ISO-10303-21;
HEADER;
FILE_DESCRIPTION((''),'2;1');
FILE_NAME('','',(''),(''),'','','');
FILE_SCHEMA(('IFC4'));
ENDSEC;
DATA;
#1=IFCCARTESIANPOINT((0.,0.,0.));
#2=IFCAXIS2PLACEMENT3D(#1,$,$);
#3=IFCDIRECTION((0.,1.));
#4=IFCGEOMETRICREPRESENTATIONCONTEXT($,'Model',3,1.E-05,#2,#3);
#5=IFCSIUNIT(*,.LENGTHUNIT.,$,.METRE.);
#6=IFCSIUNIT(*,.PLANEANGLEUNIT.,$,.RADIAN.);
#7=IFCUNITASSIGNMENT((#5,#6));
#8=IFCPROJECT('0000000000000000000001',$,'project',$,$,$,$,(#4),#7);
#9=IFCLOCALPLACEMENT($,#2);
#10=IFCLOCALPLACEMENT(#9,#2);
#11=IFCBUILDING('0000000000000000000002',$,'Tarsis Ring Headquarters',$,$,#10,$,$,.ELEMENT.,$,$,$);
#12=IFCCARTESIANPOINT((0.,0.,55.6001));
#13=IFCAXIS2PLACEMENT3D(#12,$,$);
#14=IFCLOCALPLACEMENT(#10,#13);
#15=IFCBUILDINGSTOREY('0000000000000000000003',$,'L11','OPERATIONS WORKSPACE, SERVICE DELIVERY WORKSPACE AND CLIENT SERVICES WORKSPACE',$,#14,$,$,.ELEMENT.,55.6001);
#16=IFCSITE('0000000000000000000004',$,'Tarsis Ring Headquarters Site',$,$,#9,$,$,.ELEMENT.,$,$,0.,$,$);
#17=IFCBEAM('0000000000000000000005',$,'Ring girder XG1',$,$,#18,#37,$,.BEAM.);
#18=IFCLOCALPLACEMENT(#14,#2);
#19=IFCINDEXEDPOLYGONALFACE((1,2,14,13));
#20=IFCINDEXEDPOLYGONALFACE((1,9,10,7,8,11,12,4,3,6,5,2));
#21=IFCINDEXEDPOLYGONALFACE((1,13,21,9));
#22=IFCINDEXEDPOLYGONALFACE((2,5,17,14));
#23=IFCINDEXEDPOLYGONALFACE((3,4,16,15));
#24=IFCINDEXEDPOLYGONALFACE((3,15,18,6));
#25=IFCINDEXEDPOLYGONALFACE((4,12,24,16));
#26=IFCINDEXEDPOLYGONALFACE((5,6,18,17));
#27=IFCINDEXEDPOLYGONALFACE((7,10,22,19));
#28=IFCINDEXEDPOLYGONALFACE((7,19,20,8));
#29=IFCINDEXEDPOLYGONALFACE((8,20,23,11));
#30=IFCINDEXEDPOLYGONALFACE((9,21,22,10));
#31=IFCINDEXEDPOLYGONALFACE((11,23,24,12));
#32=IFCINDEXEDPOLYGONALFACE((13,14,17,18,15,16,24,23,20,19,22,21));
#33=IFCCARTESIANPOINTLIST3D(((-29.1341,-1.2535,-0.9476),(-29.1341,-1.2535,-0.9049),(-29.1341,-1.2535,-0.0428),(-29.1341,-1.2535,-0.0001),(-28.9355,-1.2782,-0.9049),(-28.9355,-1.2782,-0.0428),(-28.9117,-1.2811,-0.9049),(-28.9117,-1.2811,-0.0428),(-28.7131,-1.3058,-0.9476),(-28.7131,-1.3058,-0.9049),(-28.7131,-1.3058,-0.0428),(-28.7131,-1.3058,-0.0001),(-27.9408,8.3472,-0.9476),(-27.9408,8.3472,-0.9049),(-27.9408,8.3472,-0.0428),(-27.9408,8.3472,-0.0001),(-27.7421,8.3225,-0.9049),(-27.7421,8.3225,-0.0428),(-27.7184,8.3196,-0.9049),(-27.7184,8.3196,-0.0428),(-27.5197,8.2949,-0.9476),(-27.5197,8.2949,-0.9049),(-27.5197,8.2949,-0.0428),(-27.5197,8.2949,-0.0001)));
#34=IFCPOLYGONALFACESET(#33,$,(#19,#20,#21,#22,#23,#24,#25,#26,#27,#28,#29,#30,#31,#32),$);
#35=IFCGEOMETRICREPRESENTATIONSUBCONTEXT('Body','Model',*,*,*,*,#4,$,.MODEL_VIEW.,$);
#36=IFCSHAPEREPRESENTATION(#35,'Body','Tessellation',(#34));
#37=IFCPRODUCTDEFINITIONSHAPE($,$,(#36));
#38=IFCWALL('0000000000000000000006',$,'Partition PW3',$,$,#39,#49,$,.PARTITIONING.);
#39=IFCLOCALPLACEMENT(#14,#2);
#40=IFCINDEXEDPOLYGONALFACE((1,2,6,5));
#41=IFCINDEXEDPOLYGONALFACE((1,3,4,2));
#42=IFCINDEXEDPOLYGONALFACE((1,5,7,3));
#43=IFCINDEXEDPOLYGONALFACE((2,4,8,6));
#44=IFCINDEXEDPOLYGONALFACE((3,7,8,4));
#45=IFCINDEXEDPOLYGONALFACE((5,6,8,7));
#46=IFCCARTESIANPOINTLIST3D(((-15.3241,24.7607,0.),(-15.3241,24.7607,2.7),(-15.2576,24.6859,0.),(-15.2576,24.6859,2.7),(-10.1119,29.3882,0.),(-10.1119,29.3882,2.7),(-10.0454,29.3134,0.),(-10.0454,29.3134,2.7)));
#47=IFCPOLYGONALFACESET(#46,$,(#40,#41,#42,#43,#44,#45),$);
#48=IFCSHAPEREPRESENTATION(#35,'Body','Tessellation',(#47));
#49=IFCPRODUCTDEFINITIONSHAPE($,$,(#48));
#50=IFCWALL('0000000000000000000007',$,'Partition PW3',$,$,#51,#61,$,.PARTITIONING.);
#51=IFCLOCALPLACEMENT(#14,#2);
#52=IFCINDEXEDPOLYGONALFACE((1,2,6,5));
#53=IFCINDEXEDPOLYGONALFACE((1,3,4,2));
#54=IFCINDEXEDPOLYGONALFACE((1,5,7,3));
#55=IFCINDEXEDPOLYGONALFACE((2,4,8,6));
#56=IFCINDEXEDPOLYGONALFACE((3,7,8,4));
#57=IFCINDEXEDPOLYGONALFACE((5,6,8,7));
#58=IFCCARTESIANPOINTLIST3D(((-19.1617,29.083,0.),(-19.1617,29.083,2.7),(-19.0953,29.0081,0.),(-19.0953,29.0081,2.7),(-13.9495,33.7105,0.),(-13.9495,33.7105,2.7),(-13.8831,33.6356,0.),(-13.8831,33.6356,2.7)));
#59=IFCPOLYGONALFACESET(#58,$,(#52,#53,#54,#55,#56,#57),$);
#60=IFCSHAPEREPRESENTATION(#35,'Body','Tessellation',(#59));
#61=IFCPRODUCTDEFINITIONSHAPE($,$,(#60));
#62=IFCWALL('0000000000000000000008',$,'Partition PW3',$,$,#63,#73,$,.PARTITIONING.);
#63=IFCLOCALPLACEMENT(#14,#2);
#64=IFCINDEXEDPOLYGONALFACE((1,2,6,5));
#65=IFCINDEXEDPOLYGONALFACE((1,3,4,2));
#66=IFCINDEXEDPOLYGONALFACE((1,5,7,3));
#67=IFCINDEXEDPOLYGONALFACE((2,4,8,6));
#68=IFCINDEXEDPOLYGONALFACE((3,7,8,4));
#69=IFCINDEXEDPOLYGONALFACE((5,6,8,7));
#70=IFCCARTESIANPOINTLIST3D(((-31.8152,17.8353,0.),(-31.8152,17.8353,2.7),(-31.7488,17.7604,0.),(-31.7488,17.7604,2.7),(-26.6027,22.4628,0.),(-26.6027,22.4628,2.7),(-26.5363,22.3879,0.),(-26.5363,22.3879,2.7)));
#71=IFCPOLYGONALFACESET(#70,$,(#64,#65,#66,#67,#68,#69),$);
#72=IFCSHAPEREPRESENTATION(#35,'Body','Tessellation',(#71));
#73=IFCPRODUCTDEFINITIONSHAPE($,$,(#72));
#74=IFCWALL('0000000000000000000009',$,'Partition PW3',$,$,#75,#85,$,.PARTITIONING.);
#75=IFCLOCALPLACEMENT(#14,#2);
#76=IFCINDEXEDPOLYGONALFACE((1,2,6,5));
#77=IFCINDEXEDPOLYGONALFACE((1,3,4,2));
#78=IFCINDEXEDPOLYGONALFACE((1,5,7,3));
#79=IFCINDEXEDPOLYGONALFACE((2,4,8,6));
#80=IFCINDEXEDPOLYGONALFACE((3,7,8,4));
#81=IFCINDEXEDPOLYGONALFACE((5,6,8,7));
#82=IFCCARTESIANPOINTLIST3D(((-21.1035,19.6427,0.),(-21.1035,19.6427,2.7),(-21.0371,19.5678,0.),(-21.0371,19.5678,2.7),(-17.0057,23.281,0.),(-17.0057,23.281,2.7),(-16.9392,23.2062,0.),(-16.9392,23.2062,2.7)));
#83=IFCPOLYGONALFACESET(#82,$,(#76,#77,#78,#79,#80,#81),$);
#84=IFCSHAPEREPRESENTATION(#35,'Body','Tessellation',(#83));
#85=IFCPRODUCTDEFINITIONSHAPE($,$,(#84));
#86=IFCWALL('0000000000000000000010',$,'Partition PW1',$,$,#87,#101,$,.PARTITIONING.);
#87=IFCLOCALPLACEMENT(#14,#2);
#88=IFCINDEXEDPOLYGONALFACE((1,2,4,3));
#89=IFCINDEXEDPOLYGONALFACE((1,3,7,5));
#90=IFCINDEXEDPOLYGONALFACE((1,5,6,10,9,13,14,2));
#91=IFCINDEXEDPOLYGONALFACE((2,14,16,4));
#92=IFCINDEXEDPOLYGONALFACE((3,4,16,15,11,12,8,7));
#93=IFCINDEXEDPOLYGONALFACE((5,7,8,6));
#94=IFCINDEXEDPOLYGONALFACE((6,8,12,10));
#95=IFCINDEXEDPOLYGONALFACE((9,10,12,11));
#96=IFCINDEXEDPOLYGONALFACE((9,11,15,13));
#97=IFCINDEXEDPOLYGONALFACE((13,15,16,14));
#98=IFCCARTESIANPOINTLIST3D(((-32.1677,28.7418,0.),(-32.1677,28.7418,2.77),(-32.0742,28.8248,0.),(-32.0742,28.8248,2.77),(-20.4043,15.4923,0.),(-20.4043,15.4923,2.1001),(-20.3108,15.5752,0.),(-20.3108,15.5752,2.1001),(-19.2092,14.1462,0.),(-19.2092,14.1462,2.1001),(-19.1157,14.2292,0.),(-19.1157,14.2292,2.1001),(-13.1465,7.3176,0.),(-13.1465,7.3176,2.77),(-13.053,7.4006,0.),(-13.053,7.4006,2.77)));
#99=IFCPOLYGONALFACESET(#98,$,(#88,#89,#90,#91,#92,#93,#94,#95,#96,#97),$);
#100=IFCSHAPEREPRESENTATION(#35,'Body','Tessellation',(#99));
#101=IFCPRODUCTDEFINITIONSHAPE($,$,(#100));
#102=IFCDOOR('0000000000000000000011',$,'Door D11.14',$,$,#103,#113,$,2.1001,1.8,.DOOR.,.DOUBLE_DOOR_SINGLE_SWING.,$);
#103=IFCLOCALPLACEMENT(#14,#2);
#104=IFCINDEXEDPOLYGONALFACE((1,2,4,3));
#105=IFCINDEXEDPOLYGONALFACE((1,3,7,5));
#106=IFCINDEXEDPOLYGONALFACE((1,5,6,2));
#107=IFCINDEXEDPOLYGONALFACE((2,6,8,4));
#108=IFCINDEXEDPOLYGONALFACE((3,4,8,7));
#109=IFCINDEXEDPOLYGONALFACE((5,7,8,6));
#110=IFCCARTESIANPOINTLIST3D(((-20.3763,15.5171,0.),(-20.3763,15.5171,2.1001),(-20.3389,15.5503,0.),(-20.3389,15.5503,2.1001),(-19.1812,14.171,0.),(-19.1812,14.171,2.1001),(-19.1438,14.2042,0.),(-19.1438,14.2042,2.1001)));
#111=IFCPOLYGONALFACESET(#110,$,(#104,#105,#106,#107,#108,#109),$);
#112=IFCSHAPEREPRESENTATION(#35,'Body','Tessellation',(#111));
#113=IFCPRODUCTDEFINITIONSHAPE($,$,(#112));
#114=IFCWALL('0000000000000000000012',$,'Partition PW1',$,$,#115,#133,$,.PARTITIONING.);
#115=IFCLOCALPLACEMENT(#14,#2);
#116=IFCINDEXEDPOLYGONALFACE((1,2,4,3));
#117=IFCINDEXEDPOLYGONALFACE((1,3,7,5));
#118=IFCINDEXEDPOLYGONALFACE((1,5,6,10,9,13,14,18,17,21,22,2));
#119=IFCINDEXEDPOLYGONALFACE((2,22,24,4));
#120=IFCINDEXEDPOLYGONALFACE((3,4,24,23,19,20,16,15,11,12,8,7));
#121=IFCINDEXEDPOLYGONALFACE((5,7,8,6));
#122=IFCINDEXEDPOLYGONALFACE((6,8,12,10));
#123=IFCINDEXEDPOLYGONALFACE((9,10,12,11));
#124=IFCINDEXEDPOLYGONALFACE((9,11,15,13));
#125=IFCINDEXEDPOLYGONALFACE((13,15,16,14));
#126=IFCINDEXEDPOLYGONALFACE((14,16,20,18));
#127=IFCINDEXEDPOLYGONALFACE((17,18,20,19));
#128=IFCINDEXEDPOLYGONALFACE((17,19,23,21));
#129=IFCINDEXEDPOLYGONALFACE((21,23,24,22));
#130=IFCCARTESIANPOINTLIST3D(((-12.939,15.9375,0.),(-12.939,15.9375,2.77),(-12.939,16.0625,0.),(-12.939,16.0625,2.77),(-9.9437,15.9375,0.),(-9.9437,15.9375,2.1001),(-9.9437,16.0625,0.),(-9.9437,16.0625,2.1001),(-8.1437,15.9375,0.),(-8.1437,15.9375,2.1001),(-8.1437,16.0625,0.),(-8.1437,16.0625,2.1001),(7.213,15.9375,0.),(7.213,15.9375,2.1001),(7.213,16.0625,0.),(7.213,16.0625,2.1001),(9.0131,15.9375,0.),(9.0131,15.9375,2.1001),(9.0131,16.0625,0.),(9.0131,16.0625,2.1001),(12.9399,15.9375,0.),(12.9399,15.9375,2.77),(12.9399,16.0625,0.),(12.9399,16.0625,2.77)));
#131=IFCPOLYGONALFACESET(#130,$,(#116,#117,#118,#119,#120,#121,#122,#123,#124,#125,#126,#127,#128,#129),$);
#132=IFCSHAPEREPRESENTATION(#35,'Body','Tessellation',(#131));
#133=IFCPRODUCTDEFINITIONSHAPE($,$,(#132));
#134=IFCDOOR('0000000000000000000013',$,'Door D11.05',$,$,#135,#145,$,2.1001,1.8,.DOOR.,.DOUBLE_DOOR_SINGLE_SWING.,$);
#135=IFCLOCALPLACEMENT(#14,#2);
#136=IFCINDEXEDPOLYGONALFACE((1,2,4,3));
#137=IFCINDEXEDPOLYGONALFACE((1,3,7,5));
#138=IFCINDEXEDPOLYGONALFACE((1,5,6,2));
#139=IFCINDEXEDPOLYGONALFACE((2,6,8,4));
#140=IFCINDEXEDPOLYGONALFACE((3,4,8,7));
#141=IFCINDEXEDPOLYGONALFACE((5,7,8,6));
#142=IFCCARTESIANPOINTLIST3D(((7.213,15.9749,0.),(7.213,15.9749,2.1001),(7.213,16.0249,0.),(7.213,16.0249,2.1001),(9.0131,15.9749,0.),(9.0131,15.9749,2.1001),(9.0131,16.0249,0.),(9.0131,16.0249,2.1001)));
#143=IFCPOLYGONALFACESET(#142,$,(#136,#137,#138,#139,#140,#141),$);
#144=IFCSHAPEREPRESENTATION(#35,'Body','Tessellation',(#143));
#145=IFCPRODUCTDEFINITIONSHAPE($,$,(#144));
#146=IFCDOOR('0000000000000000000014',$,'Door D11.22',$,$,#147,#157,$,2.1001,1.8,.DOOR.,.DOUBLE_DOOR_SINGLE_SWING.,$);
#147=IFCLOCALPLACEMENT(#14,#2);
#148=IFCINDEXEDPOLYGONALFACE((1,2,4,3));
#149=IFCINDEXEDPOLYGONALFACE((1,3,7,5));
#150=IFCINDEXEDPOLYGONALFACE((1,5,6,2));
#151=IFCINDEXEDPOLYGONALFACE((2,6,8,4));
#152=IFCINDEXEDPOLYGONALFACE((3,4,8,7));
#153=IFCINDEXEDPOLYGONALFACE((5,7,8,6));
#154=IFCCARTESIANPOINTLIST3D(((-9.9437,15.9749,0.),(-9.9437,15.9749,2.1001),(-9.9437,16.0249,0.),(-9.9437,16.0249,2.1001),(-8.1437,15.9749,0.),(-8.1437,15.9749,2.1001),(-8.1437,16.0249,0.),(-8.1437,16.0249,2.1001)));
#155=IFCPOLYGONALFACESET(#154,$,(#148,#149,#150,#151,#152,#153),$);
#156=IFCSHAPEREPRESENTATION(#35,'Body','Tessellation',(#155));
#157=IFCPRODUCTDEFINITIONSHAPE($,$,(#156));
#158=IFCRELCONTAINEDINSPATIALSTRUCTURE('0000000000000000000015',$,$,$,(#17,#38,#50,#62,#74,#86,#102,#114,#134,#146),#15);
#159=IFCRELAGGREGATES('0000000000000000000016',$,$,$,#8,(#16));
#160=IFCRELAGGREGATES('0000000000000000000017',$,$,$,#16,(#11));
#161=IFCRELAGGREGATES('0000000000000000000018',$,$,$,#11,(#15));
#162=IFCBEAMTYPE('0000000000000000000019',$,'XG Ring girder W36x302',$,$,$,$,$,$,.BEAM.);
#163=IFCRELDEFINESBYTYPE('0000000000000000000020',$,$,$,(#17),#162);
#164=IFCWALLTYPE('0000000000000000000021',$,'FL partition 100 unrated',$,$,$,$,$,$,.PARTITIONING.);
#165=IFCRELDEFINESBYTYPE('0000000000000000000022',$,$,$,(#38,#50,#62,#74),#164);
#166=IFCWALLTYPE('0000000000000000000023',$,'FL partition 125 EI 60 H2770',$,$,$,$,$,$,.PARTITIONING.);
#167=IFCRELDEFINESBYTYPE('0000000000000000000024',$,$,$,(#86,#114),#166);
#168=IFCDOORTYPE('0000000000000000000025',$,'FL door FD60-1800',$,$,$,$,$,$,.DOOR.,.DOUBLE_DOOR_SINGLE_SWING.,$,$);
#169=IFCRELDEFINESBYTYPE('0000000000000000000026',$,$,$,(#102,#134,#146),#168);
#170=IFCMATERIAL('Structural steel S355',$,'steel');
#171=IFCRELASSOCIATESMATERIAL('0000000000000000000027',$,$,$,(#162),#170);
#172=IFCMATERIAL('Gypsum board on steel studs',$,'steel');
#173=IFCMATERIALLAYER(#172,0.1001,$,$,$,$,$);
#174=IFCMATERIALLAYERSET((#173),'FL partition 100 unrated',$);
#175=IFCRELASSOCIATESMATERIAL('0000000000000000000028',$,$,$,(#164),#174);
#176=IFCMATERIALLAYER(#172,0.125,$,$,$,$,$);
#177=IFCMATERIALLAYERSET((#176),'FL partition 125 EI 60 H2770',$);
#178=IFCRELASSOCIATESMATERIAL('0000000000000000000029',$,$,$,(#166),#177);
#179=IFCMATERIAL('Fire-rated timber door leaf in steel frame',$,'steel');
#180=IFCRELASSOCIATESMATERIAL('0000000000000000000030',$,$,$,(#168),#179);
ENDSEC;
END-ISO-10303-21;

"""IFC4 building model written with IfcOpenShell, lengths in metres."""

from ifc_helpers import new_model, si_unit, direction, frame, frame_2d, origin, origin_2d, place, context, subcontext, project, spatial, rectangle, i_section, extrude, material, layer, layer_set, material_profile, profile_set, type_object, element, fill, save


model = new_model("IFC4")

# Units and contexts
model_context = context("Model", 3, precision=1e-05, world=origin(), true_north=direction((0.0, 1.0)))
body_context = subcontext(model_context, "Body", "Model", "MODEL_VIEW")
ifc_project = project(units=[si_unit("LENGTHUNIT", "METRE"), si_unit("PLANEANGLEUNIT", "RADIAN")], contexts=[model_context])

# Site, building, storey
site_placement = place(None, origin())
site = spatial("IfcSite", under=ifc_project, at=site_placement, Name="Tarsis Ring Headquarters Site", CompositionType="ELEMENT", RefElevation=0.0)
building_placement = place(site_placement, origin())
building = spatial("IfcBuilding", under=site, at=building_placement, Name="Tarsis Ring Headquarters", CompositionType="ELEMENT")
storey_placement = place(building_placement, frame((0.0, 0.0, 55.6001)))
storey = spatial("IfcBuildingStorey", under=building, at=storey_placement, Name="L11", Description="OPERATIONS WORKSPACE, SERVICE DELIVERY WORKSPACE AND CLIENT SERVICES WORKSPACE", CompositionType="ELEMENT", Elevation=55.6001)

# Beam
ifc_material_1 = material(Name="Structural steel S355", Category="steel")
ifc_material_profile_1 = material_profile(ifc_material_1, i_section(OverallWidth=0.4243, OverallDepth=0.9475, WebThickness=0.0239, FlangeThickness=0.0427, at=origin_2d()), Name="W36x302")
ifc_profile_set_1 = profile_set([ifc_material_profile_1], Name="Structural steel S355")
beam_type_1 = type_object("IfcBeamType", Name="XG Ring girder W36x302", PredefinedType="BEAM", material=ifc_profile_set_1)
beam_1_placement = place(storey_placement, frame((-27.7302, 8.321, -0.4739), z_axis=(-0.123351, -0.992363, 0.0), x_axis=(0.992363, -0.123351, 0.0)))
element("IfcBeam", 1, at=beam_1_placement, inside=storey, type_object=beam_type_1, Name="Ring girder XG1", PredefinedType="BEAM", context=body_context, shape_type="SweptSolid", body=[
    extrude(i_section(OverallWidth=0.4243, OverallDepth=0.9475, WebThickness=0.0239, FlangeThickness=0.0427, at=origin_2d()), origin(), (0.0, 0.0, 1.0), 9.6746),
])

# Walls
ifc_material_2 = material(Name="Gypsum board on steel studs", Category="steel")
ifc_layer_1 = layer(ifc_material_2, 0.1001)
ifc_layer_set_1 = layer_set([ifc_layer_1], Name="FL partition 100 unrated")
wall_type_1 = type_object("IfcWallType", Name="FL partition 100 unrated", PredefinedType="PARTITIONING", material=ifc_layer_set_1)
for number, where, z_axis, x_axis, name in (
    (2, (-15.2908, 24.7234, 0.0), (0.0, 0.0, 1.0), (0.747807, 0.663916, 0.0), "Partition PW3"),
    (3, (-19.1284, 29.0457, 0.0), (0.0, 0.0, 1.0), (0.747807, 0.663916, 0.0), "Partition PW3"),
):
    element("IfcWall", number, at=place(storey_placement, frame(where, z_axis=z_axis, x_axis=x_axis)), inside=storey, type_object=wall_type_1, Name=name, PredefinedType="PARTITIONING", context=body_context, shape_type="SweptSolid", body=[
        extrude(rectangle(XDim=6.97, YDim=0.1001, at=frame_2d((3.4849, 0.0))), origin(), (0.0, 0.0, 1.0), 2.7),
    ])
wall_1_placement = place(storey_placement, frame((-31.782, 17.7979, 0.0), z_axis=(0.0, 0.0, 1.0), x_axis=(0.747823, 0.663898, 0.0)))
element("IfcWall", 4, at=wall_1_placement, inside=storey, type_object=wall_type_1, Name="Partition PW3", PredefinedType="PARTITIONING", context=body_context, shape_type="SweptSolid", body=[
    extrude(rectangle(XDim=6.9702, YDim=0.1001, at=frame_2d((3.4851, 0.0))), origin(), (0.0, 0.0, 1.0), 2.7),
])
wall_2_placement = place(storey_placement, frame((-21.0703, 19.6052, 0.0), z_axis=(0.0, 0.0, 1.0), x_axis=(0.747785, 0.663941, 0.0)))
element("IfcWall", 5, at=wall_2_placement, inside=storey, type_object=wall_type_1, Name="Partition PW3", PredefinedType="PARTITIONING", context=body_context, shape_type="SweptSolid", body=[
    extrude(rectangle(XDim=5.48, YDim=0.1001, at=frame_2d((2.74, 0.0))), origin(), (0.0, 0.0, 1.0), 2.7),
])

# Wall, opening, door
ifc_layer_2 = layer(ifc_material_2, 0.125)
ifc_layer_set_2 = layer_set([ifc_layer_2], Name="FL partition 125 EI 60 H2770")
wall_type_2 = type_object("IfcWallType", Name="FL partition 125 EI 60 H2770", PredefinedType="PARTITIONING", material=ifc_layer_set_2)
wall_3_placement = place(storey_placement, frame((-32.1208, 28.7832, 0.0), z_axis=(0.0, 0.0, 1.0), x_axis=(0.663923, -0.747801, 0.0)))
wall_3 = element("IfcWall", 6, at=wall_3_placement, inside=storey, type_object=wall_type_2, Name="Partition PW1", PredefinedType="PARTITIONING", context=body_context, shape_type="SweptSolid", body=[
    extrude(rectangle(XDim=28.6497, YDim=0.125, at=frame_2d((14.3247, 0.0))), origin(), (0.0, 0.0, 1.0), 2.77),
])
opening_1_placement = place(wall_3_placement, frame((17.718, 0.0, 0.0)))
opening_1 = element("IfcOpeningElement", 7, at=opening_1_placement, cuts=wall_3, PredefinedType="OPENING", context=body_context, shape_type="SweptSolid", body=[
    extrude(rectangle(XDim=1.8, YDim=2.1001, at=frame_2d((0.8999, 1.05))), frame((0.0, 0.0725, 0.0), z_axis=(0.0, -1.0, 0.0), x_axis=(1.0, 0.0, 0.0)), (0.0, 0.0, 1.0), 0.145),
])
ifc_material_3 = material(Name="Fire-rated timber door leaf in steel frame", Category="steel")
door_type_1 = type_object("IfcDoorType", Name="FL door FD60-1800", OperationType="DOUBLE_DOOR_SINGLE_SWING", PredefinedType="DOOR", material=ifc_material_3)
door_1_placement = place(opening_1_placement, origin())
door_1 = element("IfcDoor", 8, at=door_1_placement, inside=storey, type_object=door_type_1, Name="Door D11.14", OperationType="DOUBLE_DOOR_SINGLE_SWING", OverallHeight=2.1001, OverallWidth=1.8, PredefinedType="DOOR", context=body_context, shape_type="SweptSolid", body=[
    extrude(rectangle(XDim=1.8, YDim=2.1001, at=frame_2d((0.8999, 1.05))), frame((0.0, 0.0249, 0.0), z_axis=(0.0, -1.0, 0.0), x_axis=(1.0, 0.0, 0.0)), (0.0, 0.0, 1.0), 0.05),
])
fill(opening_1, door_1)

# Wall, openings, doors
wall_4_placement = place(storey_placement, frame((-12.939, 16.0, 0.0), z_axis=(0.0, 0.0, 1.0), x_axis=(1.0, 0.0, 0.0)))
wall_4 = element("IfcWall", 9, at=wall_4_placement, inside=storey, type_object=wall_type_2, Name="Partition PW1", PredefinedType="PARTITIONING", context=body_context, shape_type="SweptSolid", body=[
    extrude(rectangle(XDim=25.8789, YDim=0.125, at=frame_2d((12.9395, 0.0))), origin(), (0.0, 0.0, 1.0), 2.77),
])
opening_2_placement = place(wall_4_placement, frame((20.1521, 0.0, 0.0)))
opening_2 = element("IfcOpeningElement", 10, at=opening_2_placement, cuts=wall_4, PredefinedType="OPENING", context=body_context, shape_type="SweptSolid", body=[
    extrude(rectangle(XDim=1.8, YDim=2.1001, at=frame_2d((0.8999, 1.05))), frame((0.0, 0.0725, 0.0), z_axis=(0.0, -1.0, 0.0), x_axis=(1.0, 0.0, 0.0)), (0.0, 0.0, 1.0), 0.145),
])
opening_3_placement = place(wall_4_placement, frame((2.9954, 0.0, 0.0)))
opening_3 = element("IfcOpeningElement", 11, at=opening_3_placement, cuts=wall_4, PredefinedType="OPENING", context=body_context, shape_type="SweptSolid", body=[
    extrude(rectangle(XDim=1.8, YDim=2.1001, at=frame_2d((0.8999, 1.05))), frame((0.0, 0.0725, 0.0), z_axis=(0.0, -1.0, 0.0), x_axis=(1.0, 0.0, 0.0)), (0.0, 0.0, 1.0), 0.145),
])
door_2_placement = place(opening_2_placement, origin())
door_2 = element("IfcDoor", 12, at=door_2_placement, inside=storey, type_object=door_type_1, Name="Door D11.05", OperationType="DOUBLE_DOOR_SINGLE_SWING", OverallHeight=2.1001, OverallWidth=1.8, PredefinedType="DOOR", context=body_context, shape_type="SweptSolid", body=[
    extrude(rectangle(XDim=1.8, YDim=2.1001, at=frame_2d((0.8999, 1.05))), frame((0.0, 0.0249, 0.0), z_axis=(0.0, -1.0, 0.0), x_axis=(1.0, 0.0, 0.0)), (0.0, 0.0, 1.0), 0.05),
])
fill(opening_2, door_2)
door_3_placement = place(opening_3_placement, origin())
door_3 = element("IfcDoor", 13, at=door_3_placement, inside=storey, type_object=door_type_1, Name="Door D11.22", OperationType="DOUBLE_DOOR_SINGLE_SWING", OverallHeight=2.1001, OverallWidth=1.8, PredefinedType="DOOR", context=body_context, shape_type="SweptSolid", body=[
    extrude(rectangle(XDim=1.8, YDim=2.1001, at=frame_2d((0.8999, 1.05))), frame((0.0, 0.0249, 0.0), z_axis=(0.0, -1.0, 0.0), x_axis=(1.0, 0.0, 0.0)), (0.0, 0.0, 1.0), 0.05),
])
fill(opening_3, door_3)

save(model, "model.ifc")
